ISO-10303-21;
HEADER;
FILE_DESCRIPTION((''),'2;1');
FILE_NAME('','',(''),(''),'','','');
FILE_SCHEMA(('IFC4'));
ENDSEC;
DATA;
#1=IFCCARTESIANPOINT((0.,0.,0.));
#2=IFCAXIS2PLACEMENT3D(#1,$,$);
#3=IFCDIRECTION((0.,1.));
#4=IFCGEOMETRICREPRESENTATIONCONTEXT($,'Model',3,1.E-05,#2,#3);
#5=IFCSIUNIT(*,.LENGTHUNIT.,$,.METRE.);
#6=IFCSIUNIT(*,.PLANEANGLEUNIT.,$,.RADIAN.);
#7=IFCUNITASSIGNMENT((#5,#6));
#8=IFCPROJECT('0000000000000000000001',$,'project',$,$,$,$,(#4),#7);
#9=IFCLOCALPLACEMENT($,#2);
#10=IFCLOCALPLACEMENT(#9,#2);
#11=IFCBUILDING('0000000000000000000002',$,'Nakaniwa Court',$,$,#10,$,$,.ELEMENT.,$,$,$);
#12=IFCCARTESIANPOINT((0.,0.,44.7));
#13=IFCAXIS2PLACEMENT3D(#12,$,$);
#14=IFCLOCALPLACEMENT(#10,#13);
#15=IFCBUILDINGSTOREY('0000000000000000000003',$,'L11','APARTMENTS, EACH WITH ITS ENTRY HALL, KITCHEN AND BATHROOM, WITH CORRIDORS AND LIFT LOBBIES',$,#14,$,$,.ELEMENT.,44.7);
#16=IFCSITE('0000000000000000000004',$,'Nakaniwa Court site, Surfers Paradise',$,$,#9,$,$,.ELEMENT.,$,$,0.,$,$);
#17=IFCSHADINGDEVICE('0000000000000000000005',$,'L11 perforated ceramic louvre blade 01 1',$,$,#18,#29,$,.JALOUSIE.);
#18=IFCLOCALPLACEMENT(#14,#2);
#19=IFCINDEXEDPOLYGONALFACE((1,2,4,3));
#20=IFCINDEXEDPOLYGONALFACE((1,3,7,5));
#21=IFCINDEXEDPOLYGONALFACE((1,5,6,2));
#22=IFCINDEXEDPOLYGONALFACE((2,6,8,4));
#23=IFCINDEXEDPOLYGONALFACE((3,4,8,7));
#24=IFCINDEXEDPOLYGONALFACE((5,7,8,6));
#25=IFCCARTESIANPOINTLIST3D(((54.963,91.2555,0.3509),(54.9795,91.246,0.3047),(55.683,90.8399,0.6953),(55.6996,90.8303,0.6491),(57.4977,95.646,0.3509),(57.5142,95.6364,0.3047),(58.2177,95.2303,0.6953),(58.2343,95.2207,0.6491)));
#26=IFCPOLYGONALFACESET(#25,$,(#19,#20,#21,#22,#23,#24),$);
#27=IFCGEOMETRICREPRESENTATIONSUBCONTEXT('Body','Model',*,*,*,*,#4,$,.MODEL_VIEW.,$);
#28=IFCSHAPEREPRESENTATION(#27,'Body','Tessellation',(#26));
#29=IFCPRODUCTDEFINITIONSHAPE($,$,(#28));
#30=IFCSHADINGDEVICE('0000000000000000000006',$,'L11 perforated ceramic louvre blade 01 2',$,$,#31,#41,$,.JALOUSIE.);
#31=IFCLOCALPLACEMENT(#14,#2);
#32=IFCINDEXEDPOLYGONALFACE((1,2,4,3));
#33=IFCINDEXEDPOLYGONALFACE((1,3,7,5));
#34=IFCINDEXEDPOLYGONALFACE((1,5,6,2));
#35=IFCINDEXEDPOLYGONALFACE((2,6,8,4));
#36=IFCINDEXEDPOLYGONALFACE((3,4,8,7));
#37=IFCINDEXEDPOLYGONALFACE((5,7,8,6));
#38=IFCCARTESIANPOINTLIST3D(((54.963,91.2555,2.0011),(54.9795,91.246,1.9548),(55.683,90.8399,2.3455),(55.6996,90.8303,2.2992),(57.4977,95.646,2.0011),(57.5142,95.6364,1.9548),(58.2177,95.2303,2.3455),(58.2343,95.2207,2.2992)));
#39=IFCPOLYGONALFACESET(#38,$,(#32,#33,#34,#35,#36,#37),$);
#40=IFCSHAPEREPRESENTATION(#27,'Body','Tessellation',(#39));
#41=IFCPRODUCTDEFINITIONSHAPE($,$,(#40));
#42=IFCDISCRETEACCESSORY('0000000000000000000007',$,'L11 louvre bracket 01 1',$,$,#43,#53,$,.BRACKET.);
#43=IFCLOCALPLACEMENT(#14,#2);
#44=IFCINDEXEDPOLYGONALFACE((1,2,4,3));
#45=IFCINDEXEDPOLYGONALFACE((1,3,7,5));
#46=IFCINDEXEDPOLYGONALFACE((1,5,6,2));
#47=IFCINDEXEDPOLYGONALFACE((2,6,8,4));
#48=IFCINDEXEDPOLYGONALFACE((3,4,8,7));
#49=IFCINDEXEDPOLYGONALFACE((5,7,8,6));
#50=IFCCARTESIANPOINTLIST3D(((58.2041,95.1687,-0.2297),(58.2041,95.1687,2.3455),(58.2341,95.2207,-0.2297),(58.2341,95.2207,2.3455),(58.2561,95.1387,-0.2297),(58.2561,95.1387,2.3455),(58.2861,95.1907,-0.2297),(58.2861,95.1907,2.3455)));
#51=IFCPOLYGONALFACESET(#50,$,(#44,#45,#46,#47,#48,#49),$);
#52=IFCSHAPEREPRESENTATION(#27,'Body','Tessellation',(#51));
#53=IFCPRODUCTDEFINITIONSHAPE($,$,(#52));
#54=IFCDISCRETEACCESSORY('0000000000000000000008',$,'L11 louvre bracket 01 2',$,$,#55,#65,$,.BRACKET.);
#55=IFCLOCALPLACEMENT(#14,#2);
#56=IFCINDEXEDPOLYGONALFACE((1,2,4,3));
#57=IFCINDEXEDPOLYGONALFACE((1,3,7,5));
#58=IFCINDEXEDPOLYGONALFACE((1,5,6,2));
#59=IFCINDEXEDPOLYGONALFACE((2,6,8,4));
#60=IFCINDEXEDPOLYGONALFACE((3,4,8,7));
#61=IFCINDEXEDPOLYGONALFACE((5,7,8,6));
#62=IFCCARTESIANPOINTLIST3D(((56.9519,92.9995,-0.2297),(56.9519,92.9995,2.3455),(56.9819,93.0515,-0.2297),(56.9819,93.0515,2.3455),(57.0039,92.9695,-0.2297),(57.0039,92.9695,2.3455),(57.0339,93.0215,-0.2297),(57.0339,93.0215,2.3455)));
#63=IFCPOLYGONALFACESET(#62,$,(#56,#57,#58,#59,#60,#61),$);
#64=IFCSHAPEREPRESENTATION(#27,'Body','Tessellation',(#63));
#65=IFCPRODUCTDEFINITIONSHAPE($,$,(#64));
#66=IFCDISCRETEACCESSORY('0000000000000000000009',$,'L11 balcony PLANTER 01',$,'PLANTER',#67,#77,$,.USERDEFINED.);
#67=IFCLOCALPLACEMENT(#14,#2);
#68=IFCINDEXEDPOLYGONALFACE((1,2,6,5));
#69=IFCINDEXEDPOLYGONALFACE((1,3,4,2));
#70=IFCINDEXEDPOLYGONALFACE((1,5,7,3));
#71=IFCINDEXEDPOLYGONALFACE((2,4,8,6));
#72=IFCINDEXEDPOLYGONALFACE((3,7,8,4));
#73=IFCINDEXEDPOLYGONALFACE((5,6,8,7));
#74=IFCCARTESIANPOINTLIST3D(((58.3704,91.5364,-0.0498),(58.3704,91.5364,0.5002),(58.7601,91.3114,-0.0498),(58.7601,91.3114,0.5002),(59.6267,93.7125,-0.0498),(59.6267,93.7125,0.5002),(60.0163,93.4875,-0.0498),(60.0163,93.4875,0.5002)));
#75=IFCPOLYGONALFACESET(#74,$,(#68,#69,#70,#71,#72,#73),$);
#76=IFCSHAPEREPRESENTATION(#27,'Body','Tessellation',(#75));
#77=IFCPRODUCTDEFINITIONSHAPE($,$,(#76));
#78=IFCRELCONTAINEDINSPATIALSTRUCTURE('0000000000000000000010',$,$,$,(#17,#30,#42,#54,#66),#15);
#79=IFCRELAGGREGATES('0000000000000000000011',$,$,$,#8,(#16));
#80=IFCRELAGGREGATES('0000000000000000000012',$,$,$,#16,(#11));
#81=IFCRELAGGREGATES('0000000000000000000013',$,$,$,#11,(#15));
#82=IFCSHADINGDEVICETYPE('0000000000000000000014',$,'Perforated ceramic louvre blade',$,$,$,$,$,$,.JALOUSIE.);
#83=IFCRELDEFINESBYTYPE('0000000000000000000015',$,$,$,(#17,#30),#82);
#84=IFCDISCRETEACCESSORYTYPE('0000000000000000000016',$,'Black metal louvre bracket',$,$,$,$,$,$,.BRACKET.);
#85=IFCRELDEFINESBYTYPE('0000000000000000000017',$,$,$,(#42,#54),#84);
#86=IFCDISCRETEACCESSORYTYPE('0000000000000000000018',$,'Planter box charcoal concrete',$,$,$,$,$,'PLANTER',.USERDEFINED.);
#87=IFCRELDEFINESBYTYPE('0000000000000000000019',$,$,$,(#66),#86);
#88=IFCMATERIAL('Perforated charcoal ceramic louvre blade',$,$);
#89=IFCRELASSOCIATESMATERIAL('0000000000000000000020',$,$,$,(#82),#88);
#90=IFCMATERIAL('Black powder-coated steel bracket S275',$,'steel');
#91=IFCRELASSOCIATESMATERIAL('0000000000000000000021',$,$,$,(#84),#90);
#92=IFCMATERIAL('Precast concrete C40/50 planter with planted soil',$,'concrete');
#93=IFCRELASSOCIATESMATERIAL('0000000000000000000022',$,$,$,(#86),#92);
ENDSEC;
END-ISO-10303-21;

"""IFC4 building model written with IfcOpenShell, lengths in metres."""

from ifc_helpers import new_model, si_unit, direction, frame, origin, origin_2d, place, context, subcontext, project, spatial, rectangle, extrude, material, material_profile, profile_set, type_object, element, save


model = new_model("IFC4")

# Units and contexts
model_context = context("Model", 3, precision=1e-05, world=origin(), true_north=direction((0.0, 1.0)))
body_context = subcontext(model_context, "Body", "Model", "MODEL_VIEW")
ifc_project = project(units=[si_unit("LENGTHUNIT", "METRE"), si_unit("PLANEANGLEUNIT", "RADIAN")], contexts=[model_context])

# Site, building, storey
site_placement = place(None, origin())
site = spatial("IfcSite", under=ifc_project, at=site_placement, Name="Nakaniwa Court site, Surfers Paradise", CompositionType="ELEMENT", RefElevation=0.0)
building_placement = place(site_placement, origin())
building = spatial("IfcBuilding", under=site, at=building_placement, Name="Nakaniwa Court", CompositionType="ELEMENT")
storey_placement = place(building_placement, frame((0.0, 0.0, 44.7)))
storey = spatial("IfcBuildingStorey", under=building, at=storey_placement, Name="L11", Description="APARTMENTS, EACH WITH ITS ENTRY HALL, KITCHEN AND BATHROOM, WITH CORRIDORS AND LIFT LOBBIES", CompositionType="ELEMENT", Elevation=44.7)

# Shading devices
ifc_material_1 = material(Name="Perforated charcoal ceramic louvre blade")
ifc_material_profile_1 = material_profile(ifc_material_1, rectangle(XDim=0.8999, YDim=0.05, at=origin_2d()), Name="Perforated ceramic louvre blade")
ifc_profile_set_1 = profile_set([ifc_material_profile_1], Name="Perforated charcoal ceramic louvre blade")
shading_device_type_1 = type_object("IfcShadingDeviceType", Name="Perforated ceramic louvre blade", PredefinedType="JALOUSIE", material=ifc_profile_set_1)
for number, where, z_axis, x_axis, name in (
    (1, (57.866, 95.4333, 0.5), (-0.499982, -0.866036, 0.0), (0.800113, -0.461923, 0.382683), "L11 perforated ceramic louvre blade 01 1"),
    (2, (57.866, 95.4333, 2.1501), (-0.499982, -0.866036, 0.0), (0.800113, -0.461923, 0.382683), "L11 perforated ceramic louvre blade 01 2"),
):
    element("IfcShadingDevice", number, at=place(storey_placement, frame(where, z_axis=z_axis, x_axis=x_axis)), inside=storey, type_object=shading_device_type_1, Name=name, PredefinedType="JALOUSIE", context=body_context, shape_type="SweptSolid", body=[
        extrude(rectangle(XDim=0.8999, YDim=0.05, at=origin_2d()), origin(), (0.0, 0.0, 1.0), 5.0696),
    ])

# Discrete accessories
ifc_material_2 = material(Name="Black powder-coated steel bracket S275", Category="steel")
discrete_accessory_type_1 = type_object("IfcDiscreteAccessoryType", Name="Black metal louvre bracket", PredefinedType="BRACKET", material=ifc_material_2)
for number, where, z_axis, x_axis, name in (
    (3, (58.2451, 95.1797, -0.2297), (0.0, 0.0, 1.0), (-0.499974, -0.86604, 0.0), "L11 louvre bracket 01 1"),
    (4, (56.9929, 93.0105, -0.2297), (0.0, 0.0, 1.0), (-0.499974, -0.86604, 0.0), "L11 louvre bracket 01 2"),
):
    element("IfcDiscreteAccessory", number, at=place(storey_placement, frame(where, z_axis=z_axis, x_axis=x_axis)), inside=storey, type_object=discrete_accessory_type_1, Name=name, PredefinedType="BRACKET", context=body_context, shape_type="SweptSolid", body=[
        extrude(rectangle(XDim=0.0601, YDim=0.0601, at=origin_2d()), origin(), (0.0, 0.0, 1.0), 2.5752),
    ])
ifc_material_3 = material(Name="Precast concrete C40/50 planter with planted soil", Category="concrete")
discrete_accessory_type_2 = type_object("IfcDiscreteAccessoryType", Name="Planter box charcoal concrete", ElementType="PLANTER", PredefinedType="USERDEFINED", material=ifc_material_3)
discrete_accessory_placement = place(storey_placement, frame((59.1934, 92.512, -0.0498), z_axis=(0.0, 0.0, 1.0), x_axis=(-0.499974, -0.86604, 0.0)))
element("IfcDiscreteAccessory", 5, at=discrete_accessory_placement, inside=storey, type_object=discrete_accessory_type_2, Name="L11 balcony PLANTER 01", ObjectType="PLANTER", PredefinedType="USERDEFINED", context=body_context, shape_type="SweptSolid", body=[
    extrude(rectangle(XDim=2.5127, YDim=0.45, at=origin_2d()), origin(), (0.0, 0.0, 1.0), 0.55),
])

save(model, "model.ifc")
